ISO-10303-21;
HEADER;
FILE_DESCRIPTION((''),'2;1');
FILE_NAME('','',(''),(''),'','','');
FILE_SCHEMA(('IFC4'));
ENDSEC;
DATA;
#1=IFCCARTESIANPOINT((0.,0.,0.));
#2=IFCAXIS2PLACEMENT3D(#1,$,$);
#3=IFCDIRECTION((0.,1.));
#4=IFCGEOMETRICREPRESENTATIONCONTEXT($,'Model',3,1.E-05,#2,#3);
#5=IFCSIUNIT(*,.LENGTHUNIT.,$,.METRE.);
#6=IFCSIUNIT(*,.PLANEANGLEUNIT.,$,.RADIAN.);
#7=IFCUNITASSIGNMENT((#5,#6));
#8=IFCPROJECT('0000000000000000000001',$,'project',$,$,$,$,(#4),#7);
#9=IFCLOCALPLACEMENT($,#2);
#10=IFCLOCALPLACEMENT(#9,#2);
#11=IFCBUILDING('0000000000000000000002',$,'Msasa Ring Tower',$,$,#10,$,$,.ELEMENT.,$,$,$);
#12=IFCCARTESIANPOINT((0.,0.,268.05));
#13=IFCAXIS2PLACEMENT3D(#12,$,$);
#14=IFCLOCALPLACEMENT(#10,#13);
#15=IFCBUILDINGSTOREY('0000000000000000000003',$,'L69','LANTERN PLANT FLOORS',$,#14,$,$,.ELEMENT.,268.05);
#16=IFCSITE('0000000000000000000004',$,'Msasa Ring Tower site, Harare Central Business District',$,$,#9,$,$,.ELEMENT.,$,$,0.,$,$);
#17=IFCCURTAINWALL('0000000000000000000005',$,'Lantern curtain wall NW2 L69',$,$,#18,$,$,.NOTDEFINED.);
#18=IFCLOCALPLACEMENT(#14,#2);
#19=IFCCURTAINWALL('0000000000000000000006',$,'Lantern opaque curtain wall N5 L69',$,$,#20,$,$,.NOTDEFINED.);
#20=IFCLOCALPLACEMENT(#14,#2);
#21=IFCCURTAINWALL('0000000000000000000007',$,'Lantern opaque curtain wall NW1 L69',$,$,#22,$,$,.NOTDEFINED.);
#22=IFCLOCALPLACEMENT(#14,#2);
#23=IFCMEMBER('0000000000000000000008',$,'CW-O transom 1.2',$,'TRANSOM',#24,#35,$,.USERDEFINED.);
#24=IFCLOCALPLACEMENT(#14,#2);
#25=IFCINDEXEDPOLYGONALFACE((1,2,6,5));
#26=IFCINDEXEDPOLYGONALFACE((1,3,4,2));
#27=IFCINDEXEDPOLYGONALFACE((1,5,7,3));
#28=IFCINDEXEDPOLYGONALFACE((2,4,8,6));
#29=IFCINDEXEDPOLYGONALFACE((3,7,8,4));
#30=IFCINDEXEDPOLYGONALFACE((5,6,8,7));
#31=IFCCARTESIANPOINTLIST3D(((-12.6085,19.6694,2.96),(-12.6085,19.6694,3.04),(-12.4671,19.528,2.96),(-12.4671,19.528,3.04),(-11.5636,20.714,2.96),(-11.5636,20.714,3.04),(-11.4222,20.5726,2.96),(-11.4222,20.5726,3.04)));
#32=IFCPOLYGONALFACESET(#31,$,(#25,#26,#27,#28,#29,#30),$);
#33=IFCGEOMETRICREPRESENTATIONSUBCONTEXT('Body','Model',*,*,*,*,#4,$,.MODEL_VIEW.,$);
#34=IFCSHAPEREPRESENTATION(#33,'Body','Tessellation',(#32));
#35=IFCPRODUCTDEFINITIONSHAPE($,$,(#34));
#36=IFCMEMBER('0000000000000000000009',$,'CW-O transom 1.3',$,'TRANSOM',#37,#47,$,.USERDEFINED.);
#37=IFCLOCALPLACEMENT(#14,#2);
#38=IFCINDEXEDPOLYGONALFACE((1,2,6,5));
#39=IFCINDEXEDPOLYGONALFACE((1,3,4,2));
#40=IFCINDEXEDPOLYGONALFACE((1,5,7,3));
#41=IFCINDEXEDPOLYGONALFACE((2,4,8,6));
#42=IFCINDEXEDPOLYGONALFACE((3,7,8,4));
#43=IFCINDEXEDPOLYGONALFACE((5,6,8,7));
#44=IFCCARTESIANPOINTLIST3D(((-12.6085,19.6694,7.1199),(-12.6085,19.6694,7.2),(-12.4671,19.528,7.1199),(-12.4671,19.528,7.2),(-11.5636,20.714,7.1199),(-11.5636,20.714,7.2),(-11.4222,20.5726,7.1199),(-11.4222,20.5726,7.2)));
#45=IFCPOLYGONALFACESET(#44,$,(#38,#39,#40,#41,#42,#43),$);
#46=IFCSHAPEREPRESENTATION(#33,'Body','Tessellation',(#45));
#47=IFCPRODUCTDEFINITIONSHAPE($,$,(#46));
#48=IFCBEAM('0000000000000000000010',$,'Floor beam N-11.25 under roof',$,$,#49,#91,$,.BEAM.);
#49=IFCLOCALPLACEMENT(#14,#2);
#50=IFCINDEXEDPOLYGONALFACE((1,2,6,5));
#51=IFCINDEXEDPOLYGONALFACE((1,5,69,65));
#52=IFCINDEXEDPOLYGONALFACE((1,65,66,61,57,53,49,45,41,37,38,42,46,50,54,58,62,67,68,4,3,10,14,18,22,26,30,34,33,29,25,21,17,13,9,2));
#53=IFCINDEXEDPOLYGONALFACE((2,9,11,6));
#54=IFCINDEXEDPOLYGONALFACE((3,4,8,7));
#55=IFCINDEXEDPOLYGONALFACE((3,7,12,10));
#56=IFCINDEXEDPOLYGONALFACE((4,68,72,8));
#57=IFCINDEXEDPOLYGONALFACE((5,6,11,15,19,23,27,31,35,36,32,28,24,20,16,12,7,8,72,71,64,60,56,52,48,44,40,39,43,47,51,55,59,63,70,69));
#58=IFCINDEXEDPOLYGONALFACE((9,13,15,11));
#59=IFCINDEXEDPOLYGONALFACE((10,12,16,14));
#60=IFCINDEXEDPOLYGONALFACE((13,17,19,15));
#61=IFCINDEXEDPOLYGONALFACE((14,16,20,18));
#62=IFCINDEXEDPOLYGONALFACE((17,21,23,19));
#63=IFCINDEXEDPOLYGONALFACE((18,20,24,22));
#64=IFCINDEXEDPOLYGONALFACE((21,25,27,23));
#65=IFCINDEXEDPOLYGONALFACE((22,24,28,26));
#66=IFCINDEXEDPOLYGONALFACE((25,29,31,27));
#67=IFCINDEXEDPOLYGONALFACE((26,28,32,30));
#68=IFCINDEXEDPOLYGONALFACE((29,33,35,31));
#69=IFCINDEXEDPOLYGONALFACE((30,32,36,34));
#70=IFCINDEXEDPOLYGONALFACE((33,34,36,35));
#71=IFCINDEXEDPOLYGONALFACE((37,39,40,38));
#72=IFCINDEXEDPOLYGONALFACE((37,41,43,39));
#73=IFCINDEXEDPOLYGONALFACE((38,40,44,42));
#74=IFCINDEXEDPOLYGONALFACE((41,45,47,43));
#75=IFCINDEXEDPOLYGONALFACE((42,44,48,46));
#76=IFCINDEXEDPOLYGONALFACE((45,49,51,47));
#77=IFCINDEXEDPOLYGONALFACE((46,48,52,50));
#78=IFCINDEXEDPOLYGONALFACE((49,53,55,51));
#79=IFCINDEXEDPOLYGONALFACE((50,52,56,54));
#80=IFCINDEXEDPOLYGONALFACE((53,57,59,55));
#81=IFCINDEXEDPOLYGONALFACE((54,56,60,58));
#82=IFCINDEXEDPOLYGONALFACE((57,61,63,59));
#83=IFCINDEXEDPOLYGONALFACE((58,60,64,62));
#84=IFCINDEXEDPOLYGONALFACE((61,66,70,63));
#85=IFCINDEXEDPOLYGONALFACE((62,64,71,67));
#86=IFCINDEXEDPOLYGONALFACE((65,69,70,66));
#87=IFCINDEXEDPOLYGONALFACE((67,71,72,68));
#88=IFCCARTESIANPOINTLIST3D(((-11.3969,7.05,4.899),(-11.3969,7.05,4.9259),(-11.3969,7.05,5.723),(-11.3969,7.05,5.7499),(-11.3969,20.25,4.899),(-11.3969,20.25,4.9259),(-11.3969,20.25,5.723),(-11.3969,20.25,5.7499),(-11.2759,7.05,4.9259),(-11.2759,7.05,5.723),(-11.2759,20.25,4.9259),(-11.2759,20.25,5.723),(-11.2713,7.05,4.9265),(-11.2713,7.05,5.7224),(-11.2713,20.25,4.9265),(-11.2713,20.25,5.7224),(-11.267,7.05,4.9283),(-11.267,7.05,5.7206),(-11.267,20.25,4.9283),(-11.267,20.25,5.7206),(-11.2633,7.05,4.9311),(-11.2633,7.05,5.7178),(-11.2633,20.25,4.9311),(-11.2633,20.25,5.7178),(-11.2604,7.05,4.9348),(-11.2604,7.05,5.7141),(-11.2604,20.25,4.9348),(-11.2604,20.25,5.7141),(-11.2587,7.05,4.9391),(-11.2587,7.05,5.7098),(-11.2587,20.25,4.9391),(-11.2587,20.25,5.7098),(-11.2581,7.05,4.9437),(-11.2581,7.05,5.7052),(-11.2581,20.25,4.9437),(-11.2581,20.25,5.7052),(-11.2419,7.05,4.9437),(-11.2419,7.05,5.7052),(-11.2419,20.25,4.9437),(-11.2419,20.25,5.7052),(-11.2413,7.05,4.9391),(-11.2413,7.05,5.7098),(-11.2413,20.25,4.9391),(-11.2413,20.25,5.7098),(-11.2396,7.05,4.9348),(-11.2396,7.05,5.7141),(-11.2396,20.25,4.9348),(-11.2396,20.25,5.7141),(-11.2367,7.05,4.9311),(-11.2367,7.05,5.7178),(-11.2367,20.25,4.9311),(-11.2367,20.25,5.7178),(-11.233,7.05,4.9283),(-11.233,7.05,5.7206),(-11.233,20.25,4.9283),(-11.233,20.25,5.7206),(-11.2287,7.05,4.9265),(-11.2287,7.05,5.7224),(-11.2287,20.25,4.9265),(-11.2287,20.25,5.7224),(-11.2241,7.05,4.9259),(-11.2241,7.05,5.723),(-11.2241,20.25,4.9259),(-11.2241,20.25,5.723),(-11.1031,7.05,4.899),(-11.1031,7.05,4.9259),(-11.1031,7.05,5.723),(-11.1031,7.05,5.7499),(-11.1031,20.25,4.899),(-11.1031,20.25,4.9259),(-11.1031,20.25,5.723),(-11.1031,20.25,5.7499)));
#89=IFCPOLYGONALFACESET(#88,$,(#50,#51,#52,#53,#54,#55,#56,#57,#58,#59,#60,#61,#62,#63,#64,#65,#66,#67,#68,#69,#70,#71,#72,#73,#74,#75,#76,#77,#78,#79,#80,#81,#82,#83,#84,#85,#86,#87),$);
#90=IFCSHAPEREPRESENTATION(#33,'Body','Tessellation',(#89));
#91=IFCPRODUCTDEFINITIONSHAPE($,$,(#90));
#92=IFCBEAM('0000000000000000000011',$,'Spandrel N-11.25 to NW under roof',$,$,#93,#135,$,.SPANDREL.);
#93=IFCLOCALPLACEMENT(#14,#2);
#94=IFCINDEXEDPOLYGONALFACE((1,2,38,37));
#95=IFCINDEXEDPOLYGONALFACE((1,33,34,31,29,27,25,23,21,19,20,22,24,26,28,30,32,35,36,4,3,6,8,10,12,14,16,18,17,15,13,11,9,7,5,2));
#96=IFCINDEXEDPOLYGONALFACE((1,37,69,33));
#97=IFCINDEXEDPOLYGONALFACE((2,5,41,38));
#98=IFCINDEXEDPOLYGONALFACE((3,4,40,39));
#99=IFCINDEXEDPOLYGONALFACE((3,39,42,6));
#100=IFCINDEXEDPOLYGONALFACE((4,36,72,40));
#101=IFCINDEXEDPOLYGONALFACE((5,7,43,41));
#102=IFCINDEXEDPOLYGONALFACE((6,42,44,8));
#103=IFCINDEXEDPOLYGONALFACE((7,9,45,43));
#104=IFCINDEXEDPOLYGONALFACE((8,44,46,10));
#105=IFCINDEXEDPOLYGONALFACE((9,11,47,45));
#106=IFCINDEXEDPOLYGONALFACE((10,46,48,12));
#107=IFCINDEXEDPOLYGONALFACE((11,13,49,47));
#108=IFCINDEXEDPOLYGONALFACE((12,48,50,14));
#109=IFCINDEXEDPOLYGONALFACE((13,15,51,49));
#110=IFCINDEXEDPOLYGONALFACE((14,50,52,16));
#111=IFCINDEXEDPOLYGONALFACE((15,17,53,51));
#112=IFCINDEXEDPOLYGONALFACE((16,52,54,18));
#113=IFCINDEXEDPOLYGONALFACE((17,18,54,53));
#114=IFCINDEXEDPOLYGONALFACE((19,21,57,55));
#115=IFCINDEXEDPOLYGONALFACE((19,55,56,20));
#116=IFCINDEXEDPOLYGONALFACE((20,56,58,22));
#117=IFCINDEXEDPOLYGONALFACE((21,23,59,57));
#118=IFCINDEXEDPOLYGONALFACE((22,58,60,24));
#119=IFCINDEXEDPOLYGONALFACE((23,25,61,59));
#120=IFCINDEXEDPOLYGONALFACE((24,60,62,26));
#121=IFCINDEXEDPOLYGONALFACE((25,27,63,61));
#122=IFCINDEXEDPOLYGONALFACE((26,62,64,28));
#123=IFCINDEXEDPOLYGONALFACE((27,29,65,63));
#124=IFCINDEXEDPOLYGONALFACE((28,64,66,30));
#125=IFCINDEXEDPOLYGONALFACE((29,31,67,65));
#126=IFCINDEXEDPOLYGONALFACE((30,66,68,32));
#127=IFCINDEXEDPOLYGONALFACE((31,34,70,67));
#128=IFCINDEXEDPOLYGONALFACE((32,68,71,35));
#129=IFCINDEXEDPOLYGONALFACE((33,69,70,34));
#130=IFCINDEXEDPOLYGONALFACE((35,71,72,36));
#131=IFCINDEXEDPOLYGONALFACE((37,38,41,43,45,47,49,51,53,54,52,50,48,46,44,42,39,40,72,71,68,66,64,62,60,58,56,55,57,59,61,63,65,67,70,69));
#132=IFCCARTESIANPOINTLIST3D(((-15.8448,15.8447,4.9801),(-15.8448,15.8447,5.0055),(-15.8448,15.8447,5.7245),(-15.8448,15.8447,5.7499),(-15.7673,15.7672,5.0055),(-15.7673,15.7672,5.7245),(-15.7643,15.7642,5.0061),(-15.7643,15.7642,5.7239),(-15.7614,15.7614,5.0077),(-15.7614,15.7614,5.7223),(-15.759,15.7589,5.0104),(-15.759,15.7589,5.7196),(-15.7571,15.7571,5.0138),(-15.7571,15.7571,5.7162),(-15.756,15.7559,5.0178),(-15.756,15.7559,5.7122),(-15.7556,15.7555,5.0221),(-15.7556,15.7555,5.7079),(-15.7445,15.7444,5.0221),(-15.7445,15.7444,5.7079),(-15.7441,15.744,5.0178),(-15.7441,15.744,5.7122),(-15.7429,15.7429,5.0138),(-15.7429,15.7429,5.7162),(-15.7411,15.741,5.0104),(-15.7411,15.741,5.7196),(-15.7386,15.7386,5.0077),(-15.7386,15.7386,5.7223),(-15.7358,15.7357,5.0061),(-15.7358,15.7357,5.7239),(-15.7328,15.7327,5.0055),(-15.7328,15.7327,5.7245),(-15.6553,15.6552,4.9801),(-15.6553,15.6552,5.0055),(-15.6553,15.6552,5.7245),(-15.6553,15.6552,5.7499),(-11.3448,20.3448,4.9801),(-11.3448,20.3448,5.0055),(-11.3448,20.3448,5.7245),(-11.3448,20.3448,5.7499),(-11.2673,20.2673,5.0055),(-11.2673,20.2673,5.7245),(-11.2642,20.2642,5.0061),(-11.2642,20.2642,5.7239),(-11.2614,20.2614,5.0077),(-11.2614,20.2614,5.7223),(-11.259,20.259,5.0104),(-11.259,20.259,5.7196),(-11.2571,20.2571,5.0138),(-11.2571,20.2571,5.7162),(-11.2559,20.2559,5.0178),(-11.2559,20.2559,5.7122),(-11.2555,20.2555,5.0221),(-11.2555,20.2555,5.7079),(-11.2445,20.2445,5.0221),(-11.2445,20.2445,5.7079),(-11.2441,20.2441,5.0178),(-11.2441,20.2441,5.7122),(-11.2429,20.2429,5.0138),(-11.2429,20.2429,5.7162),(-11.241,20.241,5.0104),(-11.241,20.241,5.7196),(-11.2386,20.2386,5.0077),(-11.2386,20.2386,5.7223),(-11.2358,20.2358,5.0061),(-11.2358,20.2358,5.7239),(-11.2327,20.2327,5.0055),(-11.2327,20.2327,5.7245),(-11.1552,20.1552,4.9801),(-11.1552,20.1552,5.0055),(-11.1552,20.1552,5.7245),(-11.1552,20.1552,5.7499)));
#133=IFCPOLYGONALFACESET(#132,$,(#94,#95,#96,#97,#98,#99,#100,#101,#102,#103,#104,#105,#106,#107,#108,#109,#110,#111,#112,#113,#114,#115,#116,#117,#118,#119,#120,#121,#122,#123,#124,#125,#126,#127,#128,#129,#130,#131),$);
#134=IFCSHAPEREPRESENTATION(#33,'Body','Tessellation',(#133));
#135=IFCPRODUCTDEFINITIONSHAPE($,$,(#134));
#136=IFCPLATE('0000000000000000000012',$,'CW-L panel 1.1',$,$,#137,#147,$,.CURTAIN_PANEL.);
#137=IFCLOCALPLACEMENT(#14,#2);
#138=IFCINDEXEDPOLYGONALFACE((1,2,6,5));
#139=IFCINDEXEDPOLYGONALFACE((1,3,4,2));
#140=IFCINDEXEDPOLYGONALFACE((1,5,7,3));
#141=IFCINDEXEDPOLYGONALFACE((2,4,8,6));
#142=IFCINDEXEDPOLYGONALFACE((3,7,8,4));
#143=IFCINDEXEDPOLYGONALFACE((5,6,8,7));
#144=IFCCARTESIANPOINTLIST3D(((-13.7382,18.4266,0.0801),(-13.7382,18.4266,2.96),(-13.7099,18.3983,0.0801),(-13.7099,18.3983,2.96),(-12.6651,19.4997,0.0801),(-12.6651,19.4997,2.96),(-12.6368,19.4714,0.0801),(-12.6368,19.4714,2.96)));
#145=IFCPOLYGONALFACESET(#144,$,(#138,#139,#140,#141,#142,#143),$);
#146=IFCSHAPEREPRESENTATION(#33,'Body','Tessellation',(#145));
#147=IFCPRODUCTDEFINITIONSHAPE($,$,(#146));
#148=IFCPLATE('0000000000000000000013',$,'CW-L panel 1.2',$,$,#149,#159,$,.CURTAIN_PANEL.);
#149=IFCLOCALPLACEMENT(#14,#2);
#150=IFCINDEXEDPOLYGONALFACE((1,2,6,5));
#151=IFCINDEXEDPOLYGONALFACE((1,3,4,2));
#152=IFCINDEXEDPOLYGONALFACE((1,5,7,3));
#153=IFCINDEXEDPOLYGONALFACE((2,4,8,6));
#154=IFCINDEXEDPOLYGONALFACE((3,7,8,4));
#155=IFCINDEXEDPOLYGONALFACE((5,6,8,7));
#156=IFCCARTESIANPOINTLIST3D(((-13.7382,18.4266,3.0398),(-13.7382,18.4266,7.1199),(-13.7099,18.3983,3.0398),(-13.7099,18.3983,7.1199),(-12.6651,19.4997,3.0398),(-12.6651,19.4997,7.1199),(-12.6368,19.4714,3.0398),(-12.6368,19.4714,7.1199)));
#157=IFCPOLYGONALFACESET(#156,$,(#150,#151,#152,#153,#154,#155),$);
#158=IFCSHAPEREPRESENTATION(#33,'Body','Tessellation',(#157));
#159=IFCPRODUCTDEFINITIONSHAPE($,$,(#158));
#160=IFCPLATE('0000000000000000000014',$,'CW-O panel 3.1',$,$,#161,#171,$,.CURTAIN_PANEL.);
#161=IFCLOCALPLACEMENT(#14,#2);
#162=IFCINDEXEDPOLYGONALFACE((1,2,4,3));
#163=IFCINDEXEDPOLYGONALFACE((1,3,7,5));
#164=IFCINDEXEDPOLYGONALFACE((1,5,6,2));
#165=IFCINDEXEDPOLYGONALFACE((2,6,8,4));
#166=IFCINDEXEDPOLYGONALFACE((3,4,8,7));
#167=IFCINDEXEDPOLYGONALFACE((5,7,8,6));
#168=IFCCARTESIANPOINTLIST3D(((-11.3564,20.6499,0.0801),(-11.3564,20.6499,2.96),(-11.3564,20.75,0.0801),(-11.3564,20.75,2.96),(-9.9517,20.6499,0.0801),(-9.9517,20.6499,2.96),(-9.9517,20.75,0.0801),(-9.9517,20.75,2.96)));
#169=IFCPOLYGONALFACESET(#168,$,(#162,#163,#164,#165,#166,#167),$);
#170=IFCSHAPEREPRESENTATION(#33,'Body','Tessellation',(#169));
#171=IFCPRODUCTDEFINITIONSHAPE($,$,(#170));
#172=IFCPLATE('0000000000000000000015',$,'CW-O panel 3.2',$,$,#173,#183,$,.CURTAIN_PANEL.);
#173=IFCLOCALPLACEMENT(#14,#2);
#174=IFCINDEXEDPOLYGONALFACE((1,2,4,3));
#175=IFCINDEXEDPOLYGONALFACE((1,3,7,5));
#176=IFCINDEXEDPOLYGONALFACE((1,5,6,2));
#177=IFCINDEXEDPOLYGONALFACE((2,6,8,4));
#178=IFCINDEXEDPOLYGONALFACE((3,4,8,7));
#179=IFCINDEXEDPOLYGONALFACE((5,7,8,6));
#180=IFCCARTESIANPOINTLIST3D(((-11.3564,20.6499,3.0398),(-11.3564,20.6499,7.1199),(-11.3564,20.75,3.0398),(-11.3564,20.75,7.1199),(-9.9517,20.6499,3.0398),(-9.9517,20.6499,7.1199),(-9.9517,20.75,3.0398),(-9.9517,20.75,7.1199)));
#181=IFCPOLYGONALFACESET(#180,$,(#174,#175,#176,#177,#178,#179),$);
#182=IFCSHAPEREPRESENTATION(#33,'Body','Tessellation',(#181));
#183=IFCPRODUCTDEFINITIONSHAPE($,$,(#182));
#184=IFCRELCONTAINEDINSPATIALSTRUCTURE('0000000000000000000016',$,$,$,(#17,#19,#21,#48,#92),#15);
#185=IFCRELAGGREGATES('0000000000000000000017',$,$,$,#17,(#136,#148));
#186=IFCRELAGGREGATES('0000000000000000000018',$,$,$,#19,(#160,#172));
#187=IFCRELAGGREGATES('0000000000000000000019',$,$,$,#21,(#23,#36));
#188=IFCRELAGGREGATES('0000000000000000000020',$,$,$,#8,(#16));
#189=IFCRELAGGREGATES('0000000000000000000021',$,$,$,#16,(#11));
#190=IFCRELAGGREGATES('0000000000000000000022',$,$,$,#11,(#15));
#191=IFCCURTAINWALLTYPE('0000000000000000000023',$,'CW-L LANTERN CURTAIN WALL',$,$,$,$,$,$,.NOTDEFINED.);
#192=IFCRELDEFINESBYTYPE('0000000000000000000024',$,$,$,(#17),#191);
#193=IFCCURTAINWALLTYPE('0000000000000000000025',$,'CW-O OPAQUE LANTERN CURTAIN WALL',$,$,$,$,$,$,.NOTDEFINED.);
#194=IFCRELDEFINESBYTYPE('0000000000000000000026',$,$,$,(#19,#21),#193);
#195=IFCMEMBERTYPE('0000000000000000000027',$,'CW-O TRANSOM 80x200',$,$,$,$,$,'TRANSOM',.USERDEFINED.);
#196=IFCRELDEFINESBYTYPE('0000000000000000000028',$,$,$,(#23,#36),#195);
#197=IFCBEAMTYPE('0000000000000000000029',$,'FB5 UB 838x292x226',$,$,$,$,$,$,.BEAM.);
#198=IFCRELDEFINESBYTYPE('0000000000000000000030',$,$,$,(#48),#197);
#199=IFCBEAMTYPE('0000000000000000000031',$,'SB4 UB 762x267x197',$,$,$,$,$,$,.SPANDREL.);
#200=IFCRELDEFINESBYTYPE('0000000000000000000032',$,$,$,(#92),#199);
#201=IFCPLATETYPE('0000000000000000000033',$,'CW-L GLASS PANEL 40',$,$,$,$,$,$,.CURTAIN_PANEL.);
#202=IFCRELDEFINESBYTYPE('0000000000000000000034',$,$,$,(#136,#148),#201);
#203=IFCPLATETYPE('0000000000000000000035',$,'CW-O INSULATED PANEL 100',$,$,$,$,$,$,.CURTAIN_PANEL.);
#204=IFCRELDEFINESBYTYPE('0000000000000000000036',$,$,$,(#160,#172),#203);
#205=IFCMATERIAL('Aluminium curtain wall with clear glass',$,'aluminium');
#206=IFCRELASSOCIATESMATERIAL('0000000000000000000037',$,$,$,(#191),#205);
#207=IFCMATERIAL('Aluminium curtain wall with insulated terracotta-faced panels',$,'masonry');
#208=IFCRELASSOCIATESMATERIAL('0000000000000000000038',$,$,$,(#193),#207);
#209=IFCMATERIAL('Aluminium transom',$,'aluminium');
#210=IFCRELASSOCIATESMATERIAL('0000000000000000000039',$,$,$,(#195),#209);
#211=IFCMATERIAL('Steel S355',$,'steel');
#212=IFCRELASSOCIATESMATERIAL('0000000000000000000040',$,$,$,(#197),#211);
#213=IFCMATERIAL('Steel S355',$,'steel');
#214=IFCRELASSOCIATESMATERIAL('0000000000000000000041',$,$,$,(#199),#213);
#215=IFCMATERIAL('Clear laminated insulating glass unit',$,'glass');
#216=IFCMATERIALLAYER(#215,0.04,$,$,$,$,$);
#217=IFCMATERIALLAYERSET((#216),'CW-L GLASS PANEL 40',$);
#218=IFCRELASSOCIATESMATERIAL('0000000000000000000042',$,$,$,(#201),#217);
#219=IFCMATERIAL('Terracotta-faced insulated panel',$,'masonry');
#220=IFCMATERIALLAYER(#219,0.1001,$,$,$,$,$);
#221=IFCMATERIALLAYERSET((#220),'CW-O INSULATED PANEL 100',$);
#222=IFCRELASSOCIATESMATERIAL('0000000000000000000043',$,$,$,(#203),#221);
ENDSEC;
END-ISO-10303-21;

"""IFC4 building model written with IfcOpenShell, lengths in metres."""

from ifc_helpers import new_model, si_unit, direction, frame, origin, origin_2d, place, context, subcontext, project, spatial, rectangle, i_section, extrude, material, layer, layer_set, material_profile, profile_set, type_object, element, aggregate, save


model = new_model("IFC4")

# Units and contexts
model_context = context("Model", 3, precision=1e-05, world=origin(), true_north=direction((0.0, 1.0)))
body_context = subcontext(model_context, "Body", "Model", "MODEL_VIEW")
ifc_project = project(units=[si_unit("LENGTHUNIT", "METRE"), si_unit("PLANEANGLEUNIT", "RADIAN")], contexts=[model_context])

# Site, building, storey
site_placement = place(None, origin())
site = spatial("IfcSite", under=ifc_project, at=site_placement, Name="Msasa Ring Tower site, Harare Central Business District", CompositionType="ELEMENT", RefElevation=0.0)
building_placement = place(site_placement, origin())
building = spatial("IfcBuilding", under=site, at=building_placement, Name="Msasa Ring Tower", CompositionType="ELEMENT")
storey_placement = place(building_placement, frame((0.0, 0.0, 268.05)))
storey = spatial("IfcBuildingStorey", under=building, at=storey_placement, Name="L69", Description="LANTERN PLANT FLOORS", CompositionType="ELEMENT", Elevation=268.05)

# Curtain wall
ifc_material_1 = material(Name="Aluminium curtain wall with clear glass", Category="aluminium")
curtain_wall_type_1 = type_object("IfcCurtainWallType", Name="CW-L LANTERN CURTAIN WALL", PredefinedType="NOTDEFINED", material=ifc_material_1)
curtain_wall_1_placement = place(storey_placement, origin())
curtain_wall_1 = element("IfcCurtainWall", 1, at=curtain_wall_1_placement, inside=storey, type_object=curtain_wall_type_1, Name="Lantern curtain wall NW2 L69", PredefinedType="NOTDEFINED")

# Curtain wall
ifc_material_2 = material(Name="Aluminium curtain wall with insulated terracotta-faced panels", Category="masonry")
curtain_wall_type_2 = type_object("IfcCurtainWallType", Name="CW-O OPAQUE LANTERN CURTAIN WALL", PredefinedType="NOTDEFINED", material=ifc_material_2)
curtain_wall_2_placement = place(storey_placement, origin())
curtain_wall_2 = element("IfcCurtainWall", 2, at=curtain_wall_2_placement, inside=storey, type_object=curtain_wall_type_2, Name="Lantern opaque curtain wall N5 L69", PredefinedType="NOTDEFINED")

# Curtain wall
curtain_wall_3_placement = place(storey_placement, origin())
curtain_wall_3 = element("IfcCurtainWall", 3, at=curtain_wall_3_placement, inside=storey, type_object=curtain_wall_type_2, Name="Lantern opaque curtain wall NW1 L69", PredefinedType="NOTDEFINED")

# Members
ifc_material_3 = material(Name="Aluminium transom", Category="aluminium")
ifc_material_profile_1 = material_profile(ifc_material_3, rectangle(XDim=0.2, YDim=0.0801, at=origin_2d()), Name="AL 80x200")
ifc_profile_set_1 = profile_set([ifc_material_profile_1], Name="Aluminium transom")
member_type_1 = type_object("IfcMemberType", Name="CW-O TRANSOM 80x200", ElementType="TRANSOM", PredefinedType="USERDEFINED", material=ifc_profile_set_1)
member_1_placement = place(storey_placement, frame((-11.4929, 20.6433, 3.0), z_axis=(-0.707189, -0.707024, 0.0), x_axis=(0.707024, -0.707189, 0.0)))
member_1 = element("IfcMember", 4, at=member_1_placement, type_object=member_type_1, Name="CW-O transom 1.2", ObjectType="TRANSOM", PredefinedType="USERDEFINED", context=body_context, shape_type="SweptSolid", body=[
    extrude(rectangle(XDim=0.2, YDim=0.0801, at=origin_2d()), origin(), (0.0, 0.0, 1.0), 1.4775),
])
member_2_placement = place(storey_placement, frame((-11.4929, 20.6433, 7.1599), z_axis=(-0.707189, -0.707024, 0.0), x_axis=(0.707024, -0.707189, 0.0)))
member_2 = element("IfcMember", 5, at=member_2_placement, type_object=member_type_1, Name="CW-O transom 1.3", ObjectType="TRANSOM", PredefinedType="USERDEFINED", context=body_context, shape_type="SweptSolid", body=[
    extrude(rectangle(XDim=0.2, YDim=0.0801, at=origin_2d()), origin(), (0.0, 0.0, 1.0), 1.4775),
])

# Beams
ifc_material_4 = material(Name="Steel S355", Category="steel")
ifc_material_profile_2 = material_profile(ifc_material_4, i_section(OverallWidth=0.2937, OverallDepth=0.8508, WebThickness=0.0161, FlangeThickness=0.0269, FilletRadius=0.0178, at=origin_2d()), Name="UB 838x292x226")
ifc_profile_set_2 = profile_set([ifc_material_profile_2], Name="Steel S355")
beam_type_1 = type_object("IfcBeamType", Name="FB5 UB 838x292x226", PredefinedType="BEAM", material=ifc_profile_set_2)
beam_1_placement = place(storey_placement, frame((-11.25, 20.25, 5.3245), z_axis=(0.0, -1.0, 0.0), x_axis=(1.0, 0.0, 0.0)))
element("IfcBeam", 6, at=beam_1_placement, inside=storey, type_object=beam_type_1, Name="Floor beam N-11.25 under roof", PredefinedType="BEAM", context=body_context, shape_type="SweptSolid", body=[
    extrude(i_section(OverallWidth=0.2937, OverallDepth=0.8508, WebThickness=0.0161, FlangeThickness=0.0269, FilletRadius=0.0178, at=origin_2d()), origin(), (0.0, 0.0, 1.0), 13.2),
])
ifc_material_5 = material(Name="Steel S355", Category="steel")
ifc_material_profile_3 = material_profile(ifc_material_5, i_section(OverallWidth=0.2681, OverallDepth=0.7698, WebThickness=0.0156, FlangeThickness=0.0254, FilletRadius=0.0166, at=origin_2d()), Name="UB 762x267x197")
ifc_profile_set_3 = profile_set([ifc_material_profile_3], Name="Steel S355")
beam_type_2 = type_object("IfcBeamType", Name="SB4 UB 762x267x197", PredefinedType="SPANDREL", material=ifc_profile_set_3)
beam_2_placement = place(storey_placement, frame((-11.25, 20.25, 5.365), z_axis=(-0.707107, -0.707107, 0.0), x_axis=(0.707107, -0.707107, 0.0)))
element("IfcBeam", 7, at=beam_2_placement, inside=storey, type_object=beam_type_2, Name="Spandrel N-11.25 to NW under roof", PredefinedType="SPANDREL", context=body_context, shape_type="SweptSolid", body=[
    extrude(i_section(OverallWidth=0.2681, OverallDepth=0.7698, WebThickness=0.0156, FlangeThickness=0.0254, FilletRadius=0.0166, at=origin_2d()), origin(), (0.0, 0.0, 1.0), 6.364),
])

# Plates
ifc_material_6 = material(Name="Clear laminated insulating glass unit", Category="glass")
ifc_layer_1 = layer(ifc_material_6, 0.04)
ifc_layer_set_1 = layer_set([ifc_layer_1], Name="CW-L GLASS PANEL 40")
plate_type_1 = type_object("IfcPlateType", Name="CW-L GLASS PANEL 40", PredefinedType="CURTAIN_PANEL", material=ifc_layer_set_1)
plate_1_placement = place(storey_placement, frame((-13.1875, 18.949, 0.0801), z_axis=(0.0, 0.0, 1.0), x_axis=(-0.707117, -0.707097, 0.0)))
plate_1 = element("IfcPlate", 8, at=plate_1_placement, type_object=plate_type_1, Name="CW-L panel 1.1", PredefinedType="CURTAIN_PANEL", context=body_context, shape_type="SweptSolid", body=[
    extrude(rectangle(XDim=1.5176, YDim=0.04, at=origin_2d()), origin(), (0.0, 0.0, 1.0), 2.8799),
])
plate_2_placement = place(storey_placement, frame((-13.1875, 18.949, 3.0398), z_axis=(0.0, 0.0, 1.0), x_axis=(-0.707117, -0.707097, 0.0)))
plate_2 = element("IfcPlate", 9, at=plate_2_placement, type_object=plate_type_1, Name="CW-L panel 1.2", PredefinedType="CURTAIN_PANEL", context=body_context, shape_type="SweptSolid", body=[
    extrude(rectangle(XDim=1.5176, YDim=0.04, at=origin_2d()), origin(), (0.0, 0.0, 1.0), 4.0801),
])
aggregate(curtain_wall_1, [plate_1, plate_2])
ifc_material_7 = material(Name="Terracotta-faced insulated panel", Category="masonry")
ifc_layer_2 = layer(ifc_material_7, 0.1001)
ifc_layer_set_2 = layer_set([ifc_layer_2], Name="CW-O INSULATED PANEL 100")
plate_type_2 = type_object("IfcPlateType", Name="CW-O INSULATED PANEL 100", PredefinedType="CURTAIN_PANEL", material=ifc_layer_set_2)
plate_3_placement = place(storey_placement, frame((-10.6541, 20.7, 0.0801), z_axis=(0.0, 0.0, 1.0), x_axis=(-1.0, 0.0, 0.0)))
plate_3 = element("IfcPlate", 10, at=plate_3_placement, type_object=plate_type_2, Name="CW-O panel 3.1", PredefinedType="CURTAIN_PANEL", context=body_context, shape_type="SweptSolid", body=[
    extrude(rectangle(XDim=1.4048, YDim=0.1001, at=origin_2d()), origin(), (0.0, 0.0, 1.0), 2.8799),
])
plate_4_placement = place(storey_placement, frame((-10.6541, 20.7, 3.0398), z_axis=(0.0, 0.0, 1.0), x_axis=(-1.0, 0.0, 0.0)))
plate_4 = element("IfcPlate", 11, at=plate_4_placement, type_object=plate_type_2, Name="CW-O panel 3.2", PredefinedType="CURTAIN_PANEL", context=body_context, shape_type="SweptSolid", body=[
    extrude(rectangle(XDim=1.4048, YDim=0.1001, at=origin_2d()), origin(), (0.0, 0.0, 1.0), 4.0801),
])
aggregate(curtain_wall_2, [plate_3, plate_4])
aggregate(curtain_wall_3, [member_1, member_2])

save(model, "model.ifc")
